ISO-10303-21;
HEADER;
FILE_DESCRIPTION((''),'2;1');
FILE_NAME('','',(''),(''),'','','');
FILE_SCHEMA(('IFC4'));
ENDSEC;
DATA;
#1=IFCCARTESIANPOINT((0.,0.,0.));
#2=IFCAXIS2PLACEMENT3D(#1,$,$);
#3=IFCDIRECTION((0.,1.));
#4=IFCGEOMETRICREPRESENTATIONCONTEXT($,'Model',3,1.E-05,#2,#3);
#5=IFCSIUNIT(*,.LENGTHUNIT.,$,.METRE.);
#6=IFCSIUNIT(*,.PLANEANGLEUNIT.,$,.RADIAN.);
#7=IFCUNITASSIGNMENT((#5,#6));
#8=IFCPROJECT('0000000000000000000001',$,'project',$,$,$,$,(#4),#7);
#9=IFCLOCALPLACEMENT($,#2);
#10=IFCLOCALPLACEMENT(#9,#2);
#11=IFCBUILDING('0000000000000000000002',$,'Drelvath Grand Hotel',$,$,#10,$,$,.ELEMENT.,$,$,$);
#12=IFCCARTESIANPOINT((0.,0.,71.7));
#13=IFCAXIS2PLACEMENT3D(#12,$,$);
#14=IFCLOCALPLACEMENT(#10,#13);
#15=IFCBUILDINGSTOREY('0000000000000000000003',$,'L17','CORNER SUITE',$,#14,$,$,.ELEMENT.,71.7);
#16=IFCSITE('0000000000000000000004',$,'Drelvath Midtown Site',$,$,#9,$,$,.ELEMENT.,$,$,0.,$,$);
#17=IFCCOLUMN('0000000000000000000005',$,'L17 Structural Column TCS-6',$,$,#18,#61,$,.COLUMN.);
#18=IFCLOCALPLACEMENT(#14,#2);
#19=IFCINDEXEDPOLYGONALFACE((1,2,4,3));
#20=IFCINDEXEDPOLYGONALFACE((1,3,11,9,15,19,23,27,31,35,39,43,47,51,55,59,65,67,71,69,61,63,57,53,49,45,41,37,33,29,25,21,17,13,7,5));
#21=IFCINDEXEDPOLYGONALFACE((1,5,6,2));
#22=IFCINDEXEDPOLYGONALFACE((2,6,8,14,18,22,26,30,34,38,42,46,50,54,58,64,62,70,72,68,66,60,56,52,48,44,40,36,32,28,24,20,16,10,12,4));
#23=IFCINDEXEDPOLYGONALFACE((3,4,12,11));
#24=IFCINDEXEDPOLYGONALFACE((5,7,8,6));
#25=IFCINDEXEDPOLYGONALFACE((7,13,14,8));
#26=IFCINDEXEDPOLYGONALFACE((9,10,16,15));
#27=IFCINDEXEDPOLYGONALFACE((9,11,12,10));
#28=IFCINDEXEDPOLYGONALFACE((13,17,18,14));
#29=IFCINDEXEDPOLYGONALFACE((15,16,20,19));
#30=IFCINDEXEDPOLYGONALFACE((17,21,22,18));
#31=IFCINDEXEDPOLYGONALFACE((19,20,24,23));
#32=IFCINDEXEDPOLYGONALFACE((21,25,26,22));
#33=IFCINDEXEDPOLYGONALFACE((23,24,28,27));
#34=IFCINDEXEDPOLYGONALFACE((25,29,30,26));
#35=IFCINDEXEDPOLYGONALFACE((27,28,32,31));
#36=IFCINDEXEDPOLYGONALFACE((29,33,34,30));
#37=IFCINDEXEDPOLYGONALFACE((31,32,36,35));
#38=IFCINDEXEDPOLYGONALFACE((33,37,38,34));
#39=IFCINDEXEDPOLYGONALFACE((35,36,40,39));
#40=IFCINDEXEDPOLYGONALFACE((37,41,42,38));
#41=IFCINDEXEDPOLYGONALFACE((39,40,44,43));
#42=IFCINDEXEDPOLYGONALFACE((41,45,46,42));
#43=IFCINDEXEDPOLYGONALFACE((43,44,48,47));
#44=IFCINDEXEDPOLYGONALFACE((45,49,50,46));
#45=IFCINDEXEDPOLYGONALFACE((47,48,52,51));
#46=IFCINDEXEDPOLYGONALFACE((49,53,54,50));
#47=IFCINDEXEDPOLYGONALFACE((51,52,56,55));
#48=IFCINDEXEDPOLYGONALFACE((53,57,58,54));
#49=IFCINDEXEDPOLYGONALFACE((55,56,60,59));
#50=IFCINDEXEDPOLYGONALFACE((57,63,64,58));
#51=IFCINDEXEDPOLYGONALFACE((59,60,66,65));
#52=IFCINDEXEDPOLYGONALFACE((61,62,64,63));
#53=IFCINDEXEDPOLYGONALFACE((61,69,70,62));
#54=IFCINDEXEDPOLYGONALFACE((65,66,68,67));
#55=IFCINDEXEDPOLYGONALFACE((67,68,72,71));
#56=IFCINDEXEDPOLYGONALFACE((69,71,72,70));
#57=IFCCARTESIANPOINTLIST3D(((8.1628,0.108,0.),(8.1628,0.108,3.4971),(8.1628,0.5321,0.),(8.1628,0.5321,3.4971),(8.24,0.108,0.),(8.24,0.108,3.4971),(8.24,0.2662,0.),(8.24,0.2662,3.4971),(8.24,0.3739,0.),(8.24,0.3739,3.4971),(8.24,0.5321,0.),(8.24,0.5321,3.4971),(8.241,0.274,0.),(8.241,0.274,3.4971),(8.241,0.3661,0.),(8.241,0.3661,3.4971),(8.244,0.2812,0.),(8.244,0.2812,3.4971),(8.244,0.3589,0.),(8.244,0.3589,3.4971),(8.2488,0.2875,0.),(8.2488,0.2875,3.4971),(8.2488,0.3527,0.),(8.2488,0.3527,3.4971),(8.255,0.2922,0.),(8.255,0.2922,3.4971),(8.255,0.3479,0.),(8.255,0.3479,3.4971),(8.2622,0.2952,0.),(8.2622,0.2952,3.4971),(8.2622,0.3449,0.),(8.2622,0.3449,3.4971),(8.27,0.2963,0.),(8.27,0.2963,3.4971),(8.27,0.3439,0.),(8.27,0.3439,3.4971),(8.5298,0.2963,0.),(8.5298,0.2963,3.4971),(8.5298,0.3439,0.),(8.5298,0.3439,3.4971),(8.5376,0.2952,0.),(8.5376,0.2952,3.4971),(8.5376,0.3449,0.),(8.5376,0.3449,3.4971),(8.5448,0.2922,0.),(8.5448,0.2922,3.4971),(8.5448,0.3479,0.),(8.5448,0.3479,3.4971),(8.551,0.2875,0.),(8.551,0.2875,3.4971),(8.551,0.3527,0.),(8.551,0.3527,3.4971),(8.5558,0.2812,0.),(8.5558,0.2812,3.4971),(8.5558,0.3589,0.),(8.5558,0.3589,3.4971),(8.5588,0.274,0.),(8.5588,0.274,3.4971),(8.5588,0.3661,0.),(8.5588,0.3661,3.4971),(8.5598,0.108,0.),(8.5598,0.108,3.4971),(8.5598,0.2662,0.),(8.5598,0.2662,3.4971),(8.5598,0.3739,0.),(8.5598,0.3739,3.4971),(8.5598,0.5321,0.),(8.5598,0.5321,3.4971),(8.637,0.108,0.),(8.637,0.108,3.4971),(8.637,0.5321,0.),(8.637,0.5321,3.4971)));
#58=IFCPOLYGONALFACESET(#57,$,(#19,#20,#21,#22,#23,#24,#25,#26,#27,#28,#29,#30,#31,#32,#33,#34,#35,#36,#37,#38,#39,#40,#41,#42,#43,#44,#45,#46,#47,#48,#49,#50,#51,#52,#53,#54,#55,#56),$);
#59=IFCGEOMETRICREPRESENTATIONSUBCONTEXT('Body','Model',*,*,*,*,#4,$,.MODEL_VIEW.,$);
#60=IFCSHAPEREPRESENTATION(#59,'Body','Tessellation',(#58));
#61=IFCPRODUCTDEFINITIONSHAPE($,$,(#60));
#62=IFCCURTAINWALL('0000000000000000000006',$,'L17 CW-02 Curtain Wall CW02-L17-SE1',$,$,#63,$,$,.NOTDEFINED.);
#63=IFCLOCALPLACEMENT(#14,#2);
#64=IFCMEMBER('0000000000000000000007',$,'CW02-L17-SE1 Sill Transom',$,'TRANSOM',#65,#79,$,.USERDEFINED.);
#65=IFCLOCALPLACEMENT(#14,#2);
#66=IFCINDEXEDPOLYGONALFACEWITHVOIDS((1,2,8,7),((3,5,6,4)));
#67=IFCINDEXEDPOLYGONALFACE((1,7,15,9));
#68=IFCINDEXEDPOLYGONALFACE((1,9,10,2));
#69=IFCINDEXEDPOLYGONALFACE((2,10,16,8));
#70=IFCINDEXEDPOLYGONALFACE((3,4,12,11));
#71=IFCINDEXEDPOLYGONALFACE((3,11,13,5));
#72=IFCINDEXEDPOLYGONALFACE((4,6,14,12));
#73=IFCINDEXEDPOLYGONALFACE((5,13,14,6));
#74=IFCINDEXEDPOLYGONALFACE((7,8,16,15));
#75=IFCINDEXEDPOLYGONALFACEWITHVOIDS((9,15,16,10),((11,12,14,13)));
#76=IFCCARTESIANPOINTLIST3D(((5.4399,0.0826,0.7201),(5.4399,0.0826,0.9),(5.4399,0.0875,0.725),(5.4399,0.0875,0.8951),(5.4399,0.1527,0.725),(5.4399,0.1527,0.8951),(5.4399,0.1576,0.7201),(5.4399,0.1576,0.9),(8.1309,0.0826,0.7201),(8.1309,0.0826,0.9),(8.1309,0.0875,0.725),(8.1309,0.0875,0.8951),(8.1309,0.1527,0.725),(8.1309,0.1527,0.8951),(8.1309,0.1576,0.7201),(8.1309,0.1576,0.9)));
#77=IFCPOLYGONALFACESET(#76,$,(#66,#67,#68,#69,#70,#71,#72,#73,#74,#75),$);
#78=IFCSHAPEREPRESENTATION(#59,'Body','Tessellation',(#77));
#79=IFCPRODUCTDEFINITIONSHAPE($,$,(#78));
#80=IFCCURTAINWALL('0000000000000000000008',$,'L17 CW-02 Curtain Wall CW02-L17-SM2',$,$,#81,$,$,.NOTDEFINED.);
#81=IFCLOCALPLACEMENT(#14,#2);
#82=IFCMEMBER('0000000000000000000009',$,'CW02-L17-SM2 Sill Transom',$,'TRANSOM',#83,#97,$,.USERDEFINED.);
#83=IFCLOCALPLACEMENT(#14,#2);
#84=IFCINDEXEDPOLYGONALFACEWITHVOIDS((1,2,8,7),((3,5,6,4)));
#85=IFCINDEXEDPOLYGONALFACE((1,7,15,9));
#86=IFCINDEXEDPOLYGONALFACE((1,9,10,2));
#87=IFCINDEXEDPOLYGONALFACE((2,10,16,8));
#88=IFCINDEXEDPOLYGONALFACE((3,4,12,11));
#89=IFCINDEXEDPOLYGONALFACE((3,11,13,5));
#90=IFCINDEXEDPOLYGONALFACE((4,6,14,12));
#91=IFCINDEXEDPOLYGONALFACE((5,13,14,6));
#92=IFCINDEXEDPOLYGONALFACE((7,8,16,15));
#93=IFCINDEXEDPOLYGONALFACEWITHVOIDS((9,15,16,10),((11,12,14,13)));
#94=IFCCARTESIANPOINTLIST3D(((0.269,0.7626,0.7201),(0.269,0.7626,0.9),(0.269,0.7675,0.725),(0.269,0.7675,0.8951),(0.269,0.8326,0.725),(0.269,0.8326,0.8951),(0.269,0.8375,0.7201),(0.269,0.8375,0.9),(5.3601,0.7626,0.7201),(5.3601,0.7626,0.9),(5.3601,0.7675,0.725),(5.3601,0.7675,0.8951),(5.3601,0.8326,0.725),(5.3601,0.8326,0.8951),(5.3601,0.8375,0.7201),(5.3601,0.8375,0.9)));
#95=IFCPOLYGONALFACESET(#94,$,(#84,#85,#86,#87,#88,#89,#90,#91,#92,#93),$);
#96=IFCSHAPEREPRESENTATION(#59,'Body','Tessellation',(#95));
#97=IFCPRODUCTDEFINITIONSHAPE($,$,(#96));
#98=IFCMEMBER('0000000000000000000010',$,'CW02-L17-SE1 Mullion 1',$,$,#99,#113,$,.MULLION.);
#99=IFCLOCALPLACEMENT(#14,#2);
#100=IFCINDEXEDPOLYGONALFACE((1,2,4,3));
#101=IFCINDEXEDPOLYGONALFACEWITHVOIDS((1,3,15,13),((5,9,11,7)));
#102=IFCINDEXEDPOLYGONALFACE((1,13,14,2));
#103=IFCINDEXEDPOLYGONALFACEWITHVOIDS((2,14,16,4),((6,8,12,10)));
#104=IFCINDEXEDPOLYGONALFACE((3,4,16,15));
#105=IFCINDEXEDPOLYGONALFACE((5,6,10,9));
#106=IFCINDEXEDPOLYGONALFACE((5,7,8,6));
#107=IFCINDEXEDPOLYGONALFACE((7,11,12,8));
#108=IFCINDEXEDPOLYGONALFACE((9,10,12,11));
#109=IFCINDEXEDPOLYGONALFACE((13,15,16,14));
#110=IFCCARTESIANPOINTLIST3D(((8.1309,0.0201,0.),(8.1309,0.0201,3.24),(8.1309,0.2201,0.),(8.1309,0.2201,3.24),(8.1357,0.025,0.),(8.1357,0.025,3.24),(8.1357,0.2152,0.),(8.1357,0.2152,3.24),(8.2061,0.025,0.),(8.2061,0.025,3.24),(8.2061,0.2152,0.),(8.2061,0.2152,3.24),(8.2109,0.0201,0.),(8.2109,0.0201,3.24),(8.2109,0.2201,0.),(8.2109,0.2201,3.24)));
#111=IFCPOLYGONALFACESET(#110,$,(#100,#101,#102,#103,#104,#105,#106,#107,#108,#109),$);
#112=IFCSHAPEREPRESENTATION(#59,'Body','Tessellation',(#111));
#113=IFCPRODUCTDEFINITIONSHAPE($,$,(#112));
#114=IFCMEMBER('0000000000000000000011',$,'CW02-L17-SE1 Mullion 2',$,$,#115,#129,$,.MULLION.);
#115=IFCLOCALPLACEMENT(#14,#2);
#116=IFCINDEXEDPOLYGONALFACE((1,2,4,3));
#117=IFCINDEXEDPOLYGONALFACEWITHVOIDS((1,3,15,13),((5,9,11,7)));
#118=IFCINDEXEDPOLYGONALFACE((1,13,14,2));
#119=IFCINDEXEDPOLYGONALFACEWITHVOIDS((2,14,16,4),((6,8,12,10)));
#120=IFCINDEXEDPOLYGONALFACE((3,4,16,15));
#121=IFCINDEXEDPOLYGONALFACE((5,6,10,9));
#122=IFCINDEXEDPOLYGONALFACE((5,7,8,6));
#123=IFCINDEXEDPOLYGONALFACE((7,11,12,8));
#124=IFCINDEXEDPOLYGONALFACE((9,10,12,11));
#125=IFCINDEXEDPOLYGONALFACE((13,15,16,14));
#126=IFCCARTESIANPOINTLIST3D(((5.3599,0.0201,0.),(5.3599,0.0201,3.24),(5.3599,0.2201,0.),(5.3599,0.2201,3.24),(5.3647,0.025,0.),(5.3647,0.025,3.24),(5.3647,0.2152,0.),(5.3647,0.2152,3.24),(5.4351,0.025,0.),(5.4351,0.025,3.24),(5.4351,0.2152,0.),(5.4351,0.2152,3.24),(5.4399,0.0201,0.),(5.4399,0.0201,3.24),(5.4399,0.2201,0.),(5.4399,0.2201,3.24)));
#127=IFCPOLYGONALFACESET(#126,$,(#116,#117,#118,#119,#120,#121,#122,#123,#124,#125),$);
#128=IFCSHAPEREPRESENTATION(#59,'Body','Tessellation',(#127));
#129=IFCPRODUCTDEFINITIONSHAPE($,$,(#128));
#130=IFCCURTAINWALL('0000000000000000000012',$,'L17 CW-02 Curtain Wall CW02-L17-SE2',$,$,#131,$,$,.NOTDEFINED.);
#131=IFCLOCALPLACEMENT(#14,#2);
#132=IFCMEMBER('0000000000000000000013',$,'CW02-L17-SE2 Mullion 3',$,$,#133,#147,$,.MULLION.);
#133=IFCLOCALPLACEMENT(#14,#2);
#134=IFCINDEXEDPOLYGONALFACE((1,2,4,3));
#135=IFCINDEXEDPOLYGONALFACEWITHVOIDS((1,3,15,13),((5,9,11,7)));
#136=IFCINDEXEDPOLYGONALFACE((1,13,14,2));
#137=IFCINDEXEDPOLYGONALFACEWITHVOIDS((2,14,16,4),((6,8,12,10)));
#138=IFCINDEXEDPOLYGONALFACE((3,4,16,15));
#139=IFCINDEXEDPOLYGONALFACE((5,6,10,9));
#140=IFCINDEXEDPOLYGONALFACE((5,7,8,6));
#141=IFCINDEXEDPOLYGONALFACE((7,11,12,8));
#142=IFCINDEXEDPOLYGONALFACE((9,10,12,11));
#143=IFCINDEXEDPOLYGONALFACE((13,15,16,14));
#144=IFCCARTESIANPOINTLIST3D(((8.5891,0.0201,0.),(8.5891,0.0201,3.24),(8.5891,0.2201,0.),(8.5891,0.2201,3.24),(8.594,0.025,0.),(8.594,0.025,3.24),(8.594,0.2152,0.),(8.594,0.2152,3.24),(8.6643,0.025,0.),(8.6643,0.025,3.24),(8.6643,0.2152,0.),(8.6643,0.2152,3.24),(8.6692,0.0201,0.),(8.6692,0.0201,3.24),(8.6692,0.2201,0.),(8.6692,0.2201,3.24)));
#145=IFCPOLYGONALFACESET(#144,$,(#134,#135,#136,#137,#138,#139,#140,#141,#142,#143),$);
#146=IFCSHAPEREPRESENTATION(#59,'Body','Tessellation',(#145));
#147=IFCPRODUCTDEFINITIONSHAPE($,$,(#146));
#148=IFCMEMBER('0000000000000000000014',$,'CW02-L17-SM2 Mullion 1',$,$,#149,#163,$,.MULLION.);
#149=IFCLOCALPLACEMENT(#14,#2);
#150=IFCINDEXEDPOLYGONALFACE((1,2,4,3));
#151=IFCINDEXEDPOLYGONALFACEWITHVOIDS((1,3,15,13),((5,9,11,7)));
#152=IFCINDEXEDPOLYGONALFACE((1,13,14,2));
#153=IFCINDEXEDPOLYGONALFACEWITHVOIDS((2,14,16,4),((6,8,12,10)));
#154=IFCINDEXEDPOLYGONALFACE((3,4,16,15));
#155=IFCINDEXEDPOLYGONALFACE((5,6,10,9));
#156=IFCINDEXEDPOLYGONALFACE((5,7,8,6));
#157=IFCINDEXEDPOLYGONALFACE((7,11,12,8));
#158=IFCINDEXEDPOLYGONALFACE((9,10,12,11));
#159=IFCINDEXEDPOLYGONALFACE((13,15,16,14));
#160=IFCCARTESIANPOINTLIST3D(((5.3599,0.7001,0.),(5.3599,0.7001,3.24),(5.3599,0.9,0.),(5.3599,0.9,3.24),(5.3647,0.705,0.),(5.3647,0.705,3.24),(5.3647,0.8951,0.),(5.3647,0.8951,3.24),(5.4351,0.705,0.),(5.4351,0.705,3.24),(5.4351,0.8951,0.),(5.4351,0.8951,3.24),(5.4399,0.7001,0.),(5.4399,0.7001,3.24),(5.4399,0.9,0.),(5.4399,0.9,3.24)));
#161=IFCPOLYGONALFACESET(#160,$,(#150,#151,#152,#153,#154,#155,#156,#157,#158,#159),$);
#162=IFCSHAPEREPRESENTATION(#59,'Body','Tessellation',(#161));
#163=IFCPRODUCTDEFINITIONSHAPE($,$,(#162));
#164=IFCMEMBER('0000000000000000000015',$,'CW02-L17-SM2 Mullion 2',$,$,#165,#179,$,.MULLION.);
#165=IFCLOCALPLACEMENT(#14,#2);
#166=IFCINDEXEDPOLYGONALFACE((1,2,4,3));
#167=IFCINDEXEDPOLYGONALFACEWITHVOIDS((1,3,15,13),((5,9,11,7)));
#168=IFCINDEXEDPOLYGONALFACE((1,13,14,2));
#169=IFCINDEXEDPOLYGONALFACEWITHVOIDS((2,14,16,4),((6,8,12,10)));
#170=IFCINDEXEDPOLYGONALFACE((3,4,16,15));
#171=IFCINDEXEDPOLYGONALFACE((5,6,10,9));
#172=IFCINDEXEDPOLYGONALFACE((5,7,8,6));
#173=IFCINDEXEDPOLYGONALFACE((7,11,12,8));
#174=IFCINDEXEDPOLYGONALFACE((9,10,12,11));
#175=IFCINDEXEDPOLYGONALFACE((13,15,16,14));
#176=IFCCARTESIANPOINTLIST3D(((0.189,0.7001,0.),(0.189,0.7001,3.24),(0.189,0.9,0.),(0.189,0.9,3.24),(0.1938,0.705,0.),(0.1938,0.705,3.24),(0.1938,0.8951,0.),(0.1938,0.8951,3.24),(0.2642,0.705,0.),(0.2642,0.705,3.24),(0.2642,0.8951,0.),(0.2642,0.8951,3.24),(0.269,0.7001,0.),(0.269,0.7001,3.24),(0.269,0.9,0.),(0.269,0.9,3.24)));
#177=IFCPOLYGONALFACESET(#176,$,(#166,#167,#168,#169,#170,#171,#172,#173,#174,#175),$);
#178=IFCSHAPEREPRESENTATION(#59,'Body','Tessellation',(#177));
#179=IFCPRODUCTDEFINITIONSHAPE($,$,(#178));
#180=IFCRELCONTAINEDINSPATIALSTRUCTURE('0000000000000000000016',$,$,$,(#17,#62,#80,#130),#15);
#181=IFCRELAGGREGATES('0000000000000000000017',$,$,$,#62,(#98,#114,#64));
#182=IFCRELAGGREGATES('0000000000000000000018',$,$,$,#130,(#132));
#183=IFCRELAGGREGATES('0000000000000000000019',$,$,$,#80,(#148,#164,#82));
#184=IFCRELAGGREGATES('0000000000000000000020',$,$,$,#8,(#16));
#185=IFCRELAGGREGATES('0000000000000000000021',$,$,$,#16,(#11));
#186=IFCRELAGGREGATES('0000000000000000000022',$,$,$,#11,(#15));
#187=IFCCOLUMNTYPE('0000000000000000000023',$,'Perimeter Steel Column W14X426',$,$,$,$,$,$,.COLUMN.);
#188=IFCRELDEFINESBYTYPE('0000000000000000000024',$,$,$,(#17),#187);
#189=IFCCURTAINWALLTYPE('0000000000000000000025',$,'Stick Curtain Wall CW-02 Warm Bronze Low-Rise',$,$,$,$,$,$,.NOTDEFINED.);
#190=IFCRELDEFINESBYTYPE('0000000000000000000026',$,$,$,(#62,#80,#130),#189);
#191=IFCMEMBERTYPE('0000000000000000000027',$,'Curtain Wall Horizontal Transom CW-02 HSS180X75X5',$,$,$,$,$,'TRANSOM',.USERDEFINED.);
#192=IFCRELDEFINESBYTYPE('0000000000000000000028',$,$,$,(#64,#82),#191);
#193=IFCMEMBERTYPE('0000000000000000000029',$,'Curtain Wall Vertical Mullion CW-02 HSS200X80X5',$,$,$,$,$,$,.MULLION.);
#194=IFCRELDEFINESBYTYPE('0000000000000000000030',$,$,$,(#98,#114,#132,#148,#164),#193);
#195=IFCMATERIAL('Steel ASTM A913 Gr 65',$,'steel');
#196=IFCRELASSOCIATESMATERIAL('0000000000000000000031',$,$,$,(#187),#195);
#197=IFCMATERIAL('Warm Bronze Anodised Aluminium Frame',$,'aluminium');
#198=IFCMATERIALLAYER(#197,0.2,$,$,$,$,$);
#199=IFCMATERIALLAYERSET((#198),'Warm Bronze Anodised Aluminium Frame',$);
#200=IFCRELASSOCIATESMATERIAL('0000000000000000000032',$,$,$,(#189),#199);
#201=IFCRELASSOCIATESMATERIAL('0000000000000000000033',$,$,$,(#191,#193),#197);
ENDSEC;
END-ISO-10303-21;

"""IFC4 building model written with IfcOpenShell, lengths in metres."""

from ifc_helpers import new_model, si_unit, direction, frame, origin, origin_2d, place, context, subcontext, project, spatial, hollow_rectangle, i_section, extrude, material, layer, layer_set, material_profile, profile_set, type_object, element, aggregate, save


model = new_model("IFC4")

# Units and contexts
model_context = context("Model", 3, precision=1e-05, world=origin(), true_north=direction((0.0, 1.0)))
body_context = subcontext(model_context, "Body", "Model", "MODEL_VIEW")
ifc_project = project(units=[si_unit("LENGTHUNIT", "METRE"), si_unit("PLANEANGLEUNIT", "RADIAN")], contexts=[model_context])

# Site, building, storey
site_placement = place(None, origin())
site = spatial("IfcSite", under=ifc_project, at=site_placement, Name="Drelvath Midtown Site", CompositionType="ELEMENT", RefElevation=0.0)
building_placement = place(site_placement, origin())
building = spatial("IfcBuilding", under=site, at=building_placement, Name="Drelvath Grand Hotel", CompositionType="ELEMENT")
storey_placement = place(building_placement, frame((0.0, 0.0, 71.7)))
storey = spatial("IfcBuildingStorey", under=building, at=storey_placement, Name="L17", Description="CORNER SUITE", CompositionType="ELEMENT", Elevation=71.7)

# Column
ifc_material_1 = material(Name="Steel ASTM A913 Gr 65", Category="steel")
ifc_material_profile_1 = material_profile(ifc_material_1, i_section(OverallWidth=0.4241, OverallDepth=0.4741, WebThickness=0.0476, FlangeThickness=0.0771, FilletRadius=0.03, at=origin_2d()), Name="W14X426")
ifc_profile_set_1 = profile_set([ifc_material_profile_1], Name="Steel ASTM A913 Gr 65")
column_type = type_object("IfcColumnType", Name="Perimeter Steel Column W14X426", PredefinedType="COLUMN", material=ifc_profile_set_1)
column_placement = place(storey_placement, frame((8.3999, 0.3201, 0.0), z_axis=(0.0, 0.0, 1.0), x_axis=(0.0, 1.0, 0.0)))
element("IfcColumn", 1, at=column_placement, inside=storey, type_object=column_type, Name="L17 Structural Column TCS-6", PredefinedType="COLUMN", context=body_context, shape_type="SweptSolid", body=[
    extrude(i_section(OverallWidth=0.4241, OverallDepth=0.4741, WebThickness=0.0476, FlangeThickness=0.0771, FilletRadius=0.03, at=origin_2d()), origin(), (0.0, 0.0, 1.0), 3.4971),
])

# Curtain walls, members
ifc_material_2 = material(Name="Warm Bronze Anodised Aluminium Frame", Category="aluminium")
ifc_layer_1 = layer(ifc_material_2, 0.2)
ifc_layer_set_1 = layer_set([ifc_layer_1], Name="Warm Bronze Anodised Aluminium Frame")
curtain_wall_type = type_object("IfcCurtainWallType", Name="Stick Curtain Wall CW-02 Warm Bronze Low-Rise", PredefinedType="NOTDEFINED", material=ifc_layer_set_1)
curtain_wall_1_placement = place(storey_placement, origin())
curtain_wall_1 = element("IfcCurtainWall", 2, at=curtain_wall_1_placement, inside=storey, type_object=curtain_wall_type, Name="L17 CW-02 Curtain Wall CW02-L17-SE1", PredefinedType="NOTDEFINED")
ifc_material_profile_2 = material_profile(ifc_material_2, hollow_rectangle(XDim=0.075, YDim=0.1799, WallThickness=0.0049, at=origin_2d()), Name="HSS180X75X5")
ifc_profile_set_2 = profile_set([ifc_material_profile_2], Name="Warm Bronze Anodised Aluminium Frame")
member_type_1 = type_object("IfcMemberType", Name="Curtain Wall Horizontal Transom CW-02 HSS180X75X5", ElementType="TRANSOM", PredefinedType="USERDEFINED", material=ifc_profile_set_2)
member_1_placement = place(storey_placement, frame((8.1309, 0.1201, 0.8101), z_axis=(-1.0, 0.0, 0.0), x_axis=(0.0, -1.0, 0.0)))
member_1 = element("IfcMember", 3, at=member_1_placement, type_object=member_type_1, Name="CW02-L17-SE1 Sill Transom", ObjectType="TRANSOM", PredefinedType="USERDEFINED", context=body_context, shape_type="SweptSolid", body=[
    extrude(hollow_rectangle(XDim=0.075, YDim=0.1799, WallThickness=0.0049, at=origin_2d()), origin(), (0.0, 0.0, 1.0), 2.6909),
])
curtain_wall_2_placement = place(storey_placement, origin())
curtain_wall_2 = element("IfcCurtainWall", 4, at=curtain_wall_2_placement, inside=storey, type_object=curtain_wall_type, Name="L17 CW-02 Curtain Wall CW02-L17-SM2", PredefinedType="NOTDEFINED")
member_2_placement = place(storey_placement, frame((5.3601, 0.8, 0.8101), z_axis=(-1.0, 0.0, 0.0), x_axis=(0.0, -1.0, 0.0)))
member_2 = element("IfcMember", 5, at=member_2_placement, type_object=member_type_1, Name="CW02-L17-SM2 Sill Transom", ObjectType="TRANSOM", PredefinedType="USERDEFINED", context=body_context, shape_type="SweptSolid", body=[
    extrude(hollow_rectangle(XDim=0.075, YDim=0.1799, WallThickness=0.0049, at=origin_2d()), origin(), (0.0, 0.0, 1.0), 5.0911),
])

# Members
ifc_material_profile_3 = material_profile(ifc_material_2, hollow_rectangle(XDim=0.0801, YDim=0.2, WallThickness=0.0049, at=origin_2d()), Name="HSS200X80X5")
ifc_profile_set_3 = profile_set([ifc_material_profile_3], Name="Warm Bronze Anodised Aluminium Frame")
member_type_2 = type_object("IfcMemberType", Name="Curtain Wall Vertical Mullion CW-02 HSS200X80X5", PredefinedType="MULLION", material=ifc_profile_set_3)
member_3_placement = place(storey_placement, frame((8.1709, 0.1201, 0.0), z_axis=(0.0, 0.0, 1.0), x_axis=(1.0, 0.0, 0.0)))
member_3 = element("IfcMember", 6, at=member_3_placement, type_object=member_type_2, Name="CW02-L17-SE1 Mullion 1", PredefinedType="MULLION", context=body_context, shape_type="SweptSolid", body=[
    extrude(hollow_rectangle(XDim=0.0801, YDim=0.2, WallThickness=0.0049, at=origin_2d()), origin(), (0.0, 0.0, 1.0), 3.24),
])
member_4_placement = place(storey_placement, frame((5.3999, 0.1201, 0.0), z_axis=(0.0, 0.0, 1.0), x_axis=(1.0, 0.0, 0.0)))
member_4 = element("IfcMember", 7, at=member_4_placement, type_object=member_type_2, Name="CW02-L17-SE1 Mullion 2", PredefinedType="MULLION", context=body_context, shape_type="SweptSolid", body=[
    extrude(hollow_rectangle(XDim=0.0801, YDim=0.2, WallThickness=0.0049, at=origin_2d()), origin(), (0.0, 0.0, 1.0), 3.24),
])

# Curtain wall, member
curtain_wall_3_placement = place(storey_placement, origin())
curtain_wall_3 = element("IfcCurtainWall", 8, at=curtain_wall_3_placement, inside=storey, type_object=curtain_wall_type, Name="L17 CW-02 Curtain Wall CW02-L17-SE2", PredefinedType="NOTDEFINED")
member_5_placement = place(storey_placement, frame((8.6292, 0.1201, 0.0), z_axis=(0.0, 0.0, 1.0), x_axis=(1.0, 0.0, 0.0)))
member_5 = element("IfcMember", 9, at=member_5_placement, type_object=member_type_2, Name="CW02-L17-SE2 Mullion 3", PredefinedType="MULLION", context=body_context, shape_type="SweptSolid", body=[
    extrude(hollow_rectangle(XDim=0.0801, YDim=0.2, WallThickness=0.0049, at=origin_2d()), origin(), (0.0, 0.0, 1.0), 3.24),
])

# Members
member_6_placement = place(storey_placement, frame((5.3999, 0.8, 0.0), z_axis=(0.0, 0.0, 1.0), x_axis=(1.0, 0.0, 0.0)))
member_6 = element("IfcMember", 10, at=member_6_placement, type_object=member_type_2, Name="CW02-L17-SM2 Mullion 1", PredefinedType="MULLION", context=body_context, shape_type="SweptSolid", body=[
    extrude(hollow_rectangle(XDim=0.0801, YDim=0.2, WallThickness=0.0049, at=origin_2d()), origin(), (0.0, 0.0, 1.0), 3.24),
])
member_7_placement = place(storey_placement, frame((0.229, 0.8, 0.0), z_axis=(0.0, 0.0, 1.0), x_axis=(1.0, 0.0, 0.0)))
member_7 = element("IfcMember", 11, at=member_7_placement, type_object=member_type_2, Name="CW02-L17-SM2 Mullion 2", PredefinedType="MULLION", context=body_context, shape_type="SweptSolid", body=[
    extrude(hollow_rectangle(XDim=0.0801, YDim=0.2, WallThickness=0.0049, at=origin_2d()), origin(), (0.0, 0.0, 1.0), 3.24),
])

aggregate(curtain_wall_1, [member_3, member_4, member_1])
aggregate(curtain_wall_3, [member_5])
aggregate(curtain_wall_2, [member_6, member_7, member_2])

save(model, "model.ifc")
